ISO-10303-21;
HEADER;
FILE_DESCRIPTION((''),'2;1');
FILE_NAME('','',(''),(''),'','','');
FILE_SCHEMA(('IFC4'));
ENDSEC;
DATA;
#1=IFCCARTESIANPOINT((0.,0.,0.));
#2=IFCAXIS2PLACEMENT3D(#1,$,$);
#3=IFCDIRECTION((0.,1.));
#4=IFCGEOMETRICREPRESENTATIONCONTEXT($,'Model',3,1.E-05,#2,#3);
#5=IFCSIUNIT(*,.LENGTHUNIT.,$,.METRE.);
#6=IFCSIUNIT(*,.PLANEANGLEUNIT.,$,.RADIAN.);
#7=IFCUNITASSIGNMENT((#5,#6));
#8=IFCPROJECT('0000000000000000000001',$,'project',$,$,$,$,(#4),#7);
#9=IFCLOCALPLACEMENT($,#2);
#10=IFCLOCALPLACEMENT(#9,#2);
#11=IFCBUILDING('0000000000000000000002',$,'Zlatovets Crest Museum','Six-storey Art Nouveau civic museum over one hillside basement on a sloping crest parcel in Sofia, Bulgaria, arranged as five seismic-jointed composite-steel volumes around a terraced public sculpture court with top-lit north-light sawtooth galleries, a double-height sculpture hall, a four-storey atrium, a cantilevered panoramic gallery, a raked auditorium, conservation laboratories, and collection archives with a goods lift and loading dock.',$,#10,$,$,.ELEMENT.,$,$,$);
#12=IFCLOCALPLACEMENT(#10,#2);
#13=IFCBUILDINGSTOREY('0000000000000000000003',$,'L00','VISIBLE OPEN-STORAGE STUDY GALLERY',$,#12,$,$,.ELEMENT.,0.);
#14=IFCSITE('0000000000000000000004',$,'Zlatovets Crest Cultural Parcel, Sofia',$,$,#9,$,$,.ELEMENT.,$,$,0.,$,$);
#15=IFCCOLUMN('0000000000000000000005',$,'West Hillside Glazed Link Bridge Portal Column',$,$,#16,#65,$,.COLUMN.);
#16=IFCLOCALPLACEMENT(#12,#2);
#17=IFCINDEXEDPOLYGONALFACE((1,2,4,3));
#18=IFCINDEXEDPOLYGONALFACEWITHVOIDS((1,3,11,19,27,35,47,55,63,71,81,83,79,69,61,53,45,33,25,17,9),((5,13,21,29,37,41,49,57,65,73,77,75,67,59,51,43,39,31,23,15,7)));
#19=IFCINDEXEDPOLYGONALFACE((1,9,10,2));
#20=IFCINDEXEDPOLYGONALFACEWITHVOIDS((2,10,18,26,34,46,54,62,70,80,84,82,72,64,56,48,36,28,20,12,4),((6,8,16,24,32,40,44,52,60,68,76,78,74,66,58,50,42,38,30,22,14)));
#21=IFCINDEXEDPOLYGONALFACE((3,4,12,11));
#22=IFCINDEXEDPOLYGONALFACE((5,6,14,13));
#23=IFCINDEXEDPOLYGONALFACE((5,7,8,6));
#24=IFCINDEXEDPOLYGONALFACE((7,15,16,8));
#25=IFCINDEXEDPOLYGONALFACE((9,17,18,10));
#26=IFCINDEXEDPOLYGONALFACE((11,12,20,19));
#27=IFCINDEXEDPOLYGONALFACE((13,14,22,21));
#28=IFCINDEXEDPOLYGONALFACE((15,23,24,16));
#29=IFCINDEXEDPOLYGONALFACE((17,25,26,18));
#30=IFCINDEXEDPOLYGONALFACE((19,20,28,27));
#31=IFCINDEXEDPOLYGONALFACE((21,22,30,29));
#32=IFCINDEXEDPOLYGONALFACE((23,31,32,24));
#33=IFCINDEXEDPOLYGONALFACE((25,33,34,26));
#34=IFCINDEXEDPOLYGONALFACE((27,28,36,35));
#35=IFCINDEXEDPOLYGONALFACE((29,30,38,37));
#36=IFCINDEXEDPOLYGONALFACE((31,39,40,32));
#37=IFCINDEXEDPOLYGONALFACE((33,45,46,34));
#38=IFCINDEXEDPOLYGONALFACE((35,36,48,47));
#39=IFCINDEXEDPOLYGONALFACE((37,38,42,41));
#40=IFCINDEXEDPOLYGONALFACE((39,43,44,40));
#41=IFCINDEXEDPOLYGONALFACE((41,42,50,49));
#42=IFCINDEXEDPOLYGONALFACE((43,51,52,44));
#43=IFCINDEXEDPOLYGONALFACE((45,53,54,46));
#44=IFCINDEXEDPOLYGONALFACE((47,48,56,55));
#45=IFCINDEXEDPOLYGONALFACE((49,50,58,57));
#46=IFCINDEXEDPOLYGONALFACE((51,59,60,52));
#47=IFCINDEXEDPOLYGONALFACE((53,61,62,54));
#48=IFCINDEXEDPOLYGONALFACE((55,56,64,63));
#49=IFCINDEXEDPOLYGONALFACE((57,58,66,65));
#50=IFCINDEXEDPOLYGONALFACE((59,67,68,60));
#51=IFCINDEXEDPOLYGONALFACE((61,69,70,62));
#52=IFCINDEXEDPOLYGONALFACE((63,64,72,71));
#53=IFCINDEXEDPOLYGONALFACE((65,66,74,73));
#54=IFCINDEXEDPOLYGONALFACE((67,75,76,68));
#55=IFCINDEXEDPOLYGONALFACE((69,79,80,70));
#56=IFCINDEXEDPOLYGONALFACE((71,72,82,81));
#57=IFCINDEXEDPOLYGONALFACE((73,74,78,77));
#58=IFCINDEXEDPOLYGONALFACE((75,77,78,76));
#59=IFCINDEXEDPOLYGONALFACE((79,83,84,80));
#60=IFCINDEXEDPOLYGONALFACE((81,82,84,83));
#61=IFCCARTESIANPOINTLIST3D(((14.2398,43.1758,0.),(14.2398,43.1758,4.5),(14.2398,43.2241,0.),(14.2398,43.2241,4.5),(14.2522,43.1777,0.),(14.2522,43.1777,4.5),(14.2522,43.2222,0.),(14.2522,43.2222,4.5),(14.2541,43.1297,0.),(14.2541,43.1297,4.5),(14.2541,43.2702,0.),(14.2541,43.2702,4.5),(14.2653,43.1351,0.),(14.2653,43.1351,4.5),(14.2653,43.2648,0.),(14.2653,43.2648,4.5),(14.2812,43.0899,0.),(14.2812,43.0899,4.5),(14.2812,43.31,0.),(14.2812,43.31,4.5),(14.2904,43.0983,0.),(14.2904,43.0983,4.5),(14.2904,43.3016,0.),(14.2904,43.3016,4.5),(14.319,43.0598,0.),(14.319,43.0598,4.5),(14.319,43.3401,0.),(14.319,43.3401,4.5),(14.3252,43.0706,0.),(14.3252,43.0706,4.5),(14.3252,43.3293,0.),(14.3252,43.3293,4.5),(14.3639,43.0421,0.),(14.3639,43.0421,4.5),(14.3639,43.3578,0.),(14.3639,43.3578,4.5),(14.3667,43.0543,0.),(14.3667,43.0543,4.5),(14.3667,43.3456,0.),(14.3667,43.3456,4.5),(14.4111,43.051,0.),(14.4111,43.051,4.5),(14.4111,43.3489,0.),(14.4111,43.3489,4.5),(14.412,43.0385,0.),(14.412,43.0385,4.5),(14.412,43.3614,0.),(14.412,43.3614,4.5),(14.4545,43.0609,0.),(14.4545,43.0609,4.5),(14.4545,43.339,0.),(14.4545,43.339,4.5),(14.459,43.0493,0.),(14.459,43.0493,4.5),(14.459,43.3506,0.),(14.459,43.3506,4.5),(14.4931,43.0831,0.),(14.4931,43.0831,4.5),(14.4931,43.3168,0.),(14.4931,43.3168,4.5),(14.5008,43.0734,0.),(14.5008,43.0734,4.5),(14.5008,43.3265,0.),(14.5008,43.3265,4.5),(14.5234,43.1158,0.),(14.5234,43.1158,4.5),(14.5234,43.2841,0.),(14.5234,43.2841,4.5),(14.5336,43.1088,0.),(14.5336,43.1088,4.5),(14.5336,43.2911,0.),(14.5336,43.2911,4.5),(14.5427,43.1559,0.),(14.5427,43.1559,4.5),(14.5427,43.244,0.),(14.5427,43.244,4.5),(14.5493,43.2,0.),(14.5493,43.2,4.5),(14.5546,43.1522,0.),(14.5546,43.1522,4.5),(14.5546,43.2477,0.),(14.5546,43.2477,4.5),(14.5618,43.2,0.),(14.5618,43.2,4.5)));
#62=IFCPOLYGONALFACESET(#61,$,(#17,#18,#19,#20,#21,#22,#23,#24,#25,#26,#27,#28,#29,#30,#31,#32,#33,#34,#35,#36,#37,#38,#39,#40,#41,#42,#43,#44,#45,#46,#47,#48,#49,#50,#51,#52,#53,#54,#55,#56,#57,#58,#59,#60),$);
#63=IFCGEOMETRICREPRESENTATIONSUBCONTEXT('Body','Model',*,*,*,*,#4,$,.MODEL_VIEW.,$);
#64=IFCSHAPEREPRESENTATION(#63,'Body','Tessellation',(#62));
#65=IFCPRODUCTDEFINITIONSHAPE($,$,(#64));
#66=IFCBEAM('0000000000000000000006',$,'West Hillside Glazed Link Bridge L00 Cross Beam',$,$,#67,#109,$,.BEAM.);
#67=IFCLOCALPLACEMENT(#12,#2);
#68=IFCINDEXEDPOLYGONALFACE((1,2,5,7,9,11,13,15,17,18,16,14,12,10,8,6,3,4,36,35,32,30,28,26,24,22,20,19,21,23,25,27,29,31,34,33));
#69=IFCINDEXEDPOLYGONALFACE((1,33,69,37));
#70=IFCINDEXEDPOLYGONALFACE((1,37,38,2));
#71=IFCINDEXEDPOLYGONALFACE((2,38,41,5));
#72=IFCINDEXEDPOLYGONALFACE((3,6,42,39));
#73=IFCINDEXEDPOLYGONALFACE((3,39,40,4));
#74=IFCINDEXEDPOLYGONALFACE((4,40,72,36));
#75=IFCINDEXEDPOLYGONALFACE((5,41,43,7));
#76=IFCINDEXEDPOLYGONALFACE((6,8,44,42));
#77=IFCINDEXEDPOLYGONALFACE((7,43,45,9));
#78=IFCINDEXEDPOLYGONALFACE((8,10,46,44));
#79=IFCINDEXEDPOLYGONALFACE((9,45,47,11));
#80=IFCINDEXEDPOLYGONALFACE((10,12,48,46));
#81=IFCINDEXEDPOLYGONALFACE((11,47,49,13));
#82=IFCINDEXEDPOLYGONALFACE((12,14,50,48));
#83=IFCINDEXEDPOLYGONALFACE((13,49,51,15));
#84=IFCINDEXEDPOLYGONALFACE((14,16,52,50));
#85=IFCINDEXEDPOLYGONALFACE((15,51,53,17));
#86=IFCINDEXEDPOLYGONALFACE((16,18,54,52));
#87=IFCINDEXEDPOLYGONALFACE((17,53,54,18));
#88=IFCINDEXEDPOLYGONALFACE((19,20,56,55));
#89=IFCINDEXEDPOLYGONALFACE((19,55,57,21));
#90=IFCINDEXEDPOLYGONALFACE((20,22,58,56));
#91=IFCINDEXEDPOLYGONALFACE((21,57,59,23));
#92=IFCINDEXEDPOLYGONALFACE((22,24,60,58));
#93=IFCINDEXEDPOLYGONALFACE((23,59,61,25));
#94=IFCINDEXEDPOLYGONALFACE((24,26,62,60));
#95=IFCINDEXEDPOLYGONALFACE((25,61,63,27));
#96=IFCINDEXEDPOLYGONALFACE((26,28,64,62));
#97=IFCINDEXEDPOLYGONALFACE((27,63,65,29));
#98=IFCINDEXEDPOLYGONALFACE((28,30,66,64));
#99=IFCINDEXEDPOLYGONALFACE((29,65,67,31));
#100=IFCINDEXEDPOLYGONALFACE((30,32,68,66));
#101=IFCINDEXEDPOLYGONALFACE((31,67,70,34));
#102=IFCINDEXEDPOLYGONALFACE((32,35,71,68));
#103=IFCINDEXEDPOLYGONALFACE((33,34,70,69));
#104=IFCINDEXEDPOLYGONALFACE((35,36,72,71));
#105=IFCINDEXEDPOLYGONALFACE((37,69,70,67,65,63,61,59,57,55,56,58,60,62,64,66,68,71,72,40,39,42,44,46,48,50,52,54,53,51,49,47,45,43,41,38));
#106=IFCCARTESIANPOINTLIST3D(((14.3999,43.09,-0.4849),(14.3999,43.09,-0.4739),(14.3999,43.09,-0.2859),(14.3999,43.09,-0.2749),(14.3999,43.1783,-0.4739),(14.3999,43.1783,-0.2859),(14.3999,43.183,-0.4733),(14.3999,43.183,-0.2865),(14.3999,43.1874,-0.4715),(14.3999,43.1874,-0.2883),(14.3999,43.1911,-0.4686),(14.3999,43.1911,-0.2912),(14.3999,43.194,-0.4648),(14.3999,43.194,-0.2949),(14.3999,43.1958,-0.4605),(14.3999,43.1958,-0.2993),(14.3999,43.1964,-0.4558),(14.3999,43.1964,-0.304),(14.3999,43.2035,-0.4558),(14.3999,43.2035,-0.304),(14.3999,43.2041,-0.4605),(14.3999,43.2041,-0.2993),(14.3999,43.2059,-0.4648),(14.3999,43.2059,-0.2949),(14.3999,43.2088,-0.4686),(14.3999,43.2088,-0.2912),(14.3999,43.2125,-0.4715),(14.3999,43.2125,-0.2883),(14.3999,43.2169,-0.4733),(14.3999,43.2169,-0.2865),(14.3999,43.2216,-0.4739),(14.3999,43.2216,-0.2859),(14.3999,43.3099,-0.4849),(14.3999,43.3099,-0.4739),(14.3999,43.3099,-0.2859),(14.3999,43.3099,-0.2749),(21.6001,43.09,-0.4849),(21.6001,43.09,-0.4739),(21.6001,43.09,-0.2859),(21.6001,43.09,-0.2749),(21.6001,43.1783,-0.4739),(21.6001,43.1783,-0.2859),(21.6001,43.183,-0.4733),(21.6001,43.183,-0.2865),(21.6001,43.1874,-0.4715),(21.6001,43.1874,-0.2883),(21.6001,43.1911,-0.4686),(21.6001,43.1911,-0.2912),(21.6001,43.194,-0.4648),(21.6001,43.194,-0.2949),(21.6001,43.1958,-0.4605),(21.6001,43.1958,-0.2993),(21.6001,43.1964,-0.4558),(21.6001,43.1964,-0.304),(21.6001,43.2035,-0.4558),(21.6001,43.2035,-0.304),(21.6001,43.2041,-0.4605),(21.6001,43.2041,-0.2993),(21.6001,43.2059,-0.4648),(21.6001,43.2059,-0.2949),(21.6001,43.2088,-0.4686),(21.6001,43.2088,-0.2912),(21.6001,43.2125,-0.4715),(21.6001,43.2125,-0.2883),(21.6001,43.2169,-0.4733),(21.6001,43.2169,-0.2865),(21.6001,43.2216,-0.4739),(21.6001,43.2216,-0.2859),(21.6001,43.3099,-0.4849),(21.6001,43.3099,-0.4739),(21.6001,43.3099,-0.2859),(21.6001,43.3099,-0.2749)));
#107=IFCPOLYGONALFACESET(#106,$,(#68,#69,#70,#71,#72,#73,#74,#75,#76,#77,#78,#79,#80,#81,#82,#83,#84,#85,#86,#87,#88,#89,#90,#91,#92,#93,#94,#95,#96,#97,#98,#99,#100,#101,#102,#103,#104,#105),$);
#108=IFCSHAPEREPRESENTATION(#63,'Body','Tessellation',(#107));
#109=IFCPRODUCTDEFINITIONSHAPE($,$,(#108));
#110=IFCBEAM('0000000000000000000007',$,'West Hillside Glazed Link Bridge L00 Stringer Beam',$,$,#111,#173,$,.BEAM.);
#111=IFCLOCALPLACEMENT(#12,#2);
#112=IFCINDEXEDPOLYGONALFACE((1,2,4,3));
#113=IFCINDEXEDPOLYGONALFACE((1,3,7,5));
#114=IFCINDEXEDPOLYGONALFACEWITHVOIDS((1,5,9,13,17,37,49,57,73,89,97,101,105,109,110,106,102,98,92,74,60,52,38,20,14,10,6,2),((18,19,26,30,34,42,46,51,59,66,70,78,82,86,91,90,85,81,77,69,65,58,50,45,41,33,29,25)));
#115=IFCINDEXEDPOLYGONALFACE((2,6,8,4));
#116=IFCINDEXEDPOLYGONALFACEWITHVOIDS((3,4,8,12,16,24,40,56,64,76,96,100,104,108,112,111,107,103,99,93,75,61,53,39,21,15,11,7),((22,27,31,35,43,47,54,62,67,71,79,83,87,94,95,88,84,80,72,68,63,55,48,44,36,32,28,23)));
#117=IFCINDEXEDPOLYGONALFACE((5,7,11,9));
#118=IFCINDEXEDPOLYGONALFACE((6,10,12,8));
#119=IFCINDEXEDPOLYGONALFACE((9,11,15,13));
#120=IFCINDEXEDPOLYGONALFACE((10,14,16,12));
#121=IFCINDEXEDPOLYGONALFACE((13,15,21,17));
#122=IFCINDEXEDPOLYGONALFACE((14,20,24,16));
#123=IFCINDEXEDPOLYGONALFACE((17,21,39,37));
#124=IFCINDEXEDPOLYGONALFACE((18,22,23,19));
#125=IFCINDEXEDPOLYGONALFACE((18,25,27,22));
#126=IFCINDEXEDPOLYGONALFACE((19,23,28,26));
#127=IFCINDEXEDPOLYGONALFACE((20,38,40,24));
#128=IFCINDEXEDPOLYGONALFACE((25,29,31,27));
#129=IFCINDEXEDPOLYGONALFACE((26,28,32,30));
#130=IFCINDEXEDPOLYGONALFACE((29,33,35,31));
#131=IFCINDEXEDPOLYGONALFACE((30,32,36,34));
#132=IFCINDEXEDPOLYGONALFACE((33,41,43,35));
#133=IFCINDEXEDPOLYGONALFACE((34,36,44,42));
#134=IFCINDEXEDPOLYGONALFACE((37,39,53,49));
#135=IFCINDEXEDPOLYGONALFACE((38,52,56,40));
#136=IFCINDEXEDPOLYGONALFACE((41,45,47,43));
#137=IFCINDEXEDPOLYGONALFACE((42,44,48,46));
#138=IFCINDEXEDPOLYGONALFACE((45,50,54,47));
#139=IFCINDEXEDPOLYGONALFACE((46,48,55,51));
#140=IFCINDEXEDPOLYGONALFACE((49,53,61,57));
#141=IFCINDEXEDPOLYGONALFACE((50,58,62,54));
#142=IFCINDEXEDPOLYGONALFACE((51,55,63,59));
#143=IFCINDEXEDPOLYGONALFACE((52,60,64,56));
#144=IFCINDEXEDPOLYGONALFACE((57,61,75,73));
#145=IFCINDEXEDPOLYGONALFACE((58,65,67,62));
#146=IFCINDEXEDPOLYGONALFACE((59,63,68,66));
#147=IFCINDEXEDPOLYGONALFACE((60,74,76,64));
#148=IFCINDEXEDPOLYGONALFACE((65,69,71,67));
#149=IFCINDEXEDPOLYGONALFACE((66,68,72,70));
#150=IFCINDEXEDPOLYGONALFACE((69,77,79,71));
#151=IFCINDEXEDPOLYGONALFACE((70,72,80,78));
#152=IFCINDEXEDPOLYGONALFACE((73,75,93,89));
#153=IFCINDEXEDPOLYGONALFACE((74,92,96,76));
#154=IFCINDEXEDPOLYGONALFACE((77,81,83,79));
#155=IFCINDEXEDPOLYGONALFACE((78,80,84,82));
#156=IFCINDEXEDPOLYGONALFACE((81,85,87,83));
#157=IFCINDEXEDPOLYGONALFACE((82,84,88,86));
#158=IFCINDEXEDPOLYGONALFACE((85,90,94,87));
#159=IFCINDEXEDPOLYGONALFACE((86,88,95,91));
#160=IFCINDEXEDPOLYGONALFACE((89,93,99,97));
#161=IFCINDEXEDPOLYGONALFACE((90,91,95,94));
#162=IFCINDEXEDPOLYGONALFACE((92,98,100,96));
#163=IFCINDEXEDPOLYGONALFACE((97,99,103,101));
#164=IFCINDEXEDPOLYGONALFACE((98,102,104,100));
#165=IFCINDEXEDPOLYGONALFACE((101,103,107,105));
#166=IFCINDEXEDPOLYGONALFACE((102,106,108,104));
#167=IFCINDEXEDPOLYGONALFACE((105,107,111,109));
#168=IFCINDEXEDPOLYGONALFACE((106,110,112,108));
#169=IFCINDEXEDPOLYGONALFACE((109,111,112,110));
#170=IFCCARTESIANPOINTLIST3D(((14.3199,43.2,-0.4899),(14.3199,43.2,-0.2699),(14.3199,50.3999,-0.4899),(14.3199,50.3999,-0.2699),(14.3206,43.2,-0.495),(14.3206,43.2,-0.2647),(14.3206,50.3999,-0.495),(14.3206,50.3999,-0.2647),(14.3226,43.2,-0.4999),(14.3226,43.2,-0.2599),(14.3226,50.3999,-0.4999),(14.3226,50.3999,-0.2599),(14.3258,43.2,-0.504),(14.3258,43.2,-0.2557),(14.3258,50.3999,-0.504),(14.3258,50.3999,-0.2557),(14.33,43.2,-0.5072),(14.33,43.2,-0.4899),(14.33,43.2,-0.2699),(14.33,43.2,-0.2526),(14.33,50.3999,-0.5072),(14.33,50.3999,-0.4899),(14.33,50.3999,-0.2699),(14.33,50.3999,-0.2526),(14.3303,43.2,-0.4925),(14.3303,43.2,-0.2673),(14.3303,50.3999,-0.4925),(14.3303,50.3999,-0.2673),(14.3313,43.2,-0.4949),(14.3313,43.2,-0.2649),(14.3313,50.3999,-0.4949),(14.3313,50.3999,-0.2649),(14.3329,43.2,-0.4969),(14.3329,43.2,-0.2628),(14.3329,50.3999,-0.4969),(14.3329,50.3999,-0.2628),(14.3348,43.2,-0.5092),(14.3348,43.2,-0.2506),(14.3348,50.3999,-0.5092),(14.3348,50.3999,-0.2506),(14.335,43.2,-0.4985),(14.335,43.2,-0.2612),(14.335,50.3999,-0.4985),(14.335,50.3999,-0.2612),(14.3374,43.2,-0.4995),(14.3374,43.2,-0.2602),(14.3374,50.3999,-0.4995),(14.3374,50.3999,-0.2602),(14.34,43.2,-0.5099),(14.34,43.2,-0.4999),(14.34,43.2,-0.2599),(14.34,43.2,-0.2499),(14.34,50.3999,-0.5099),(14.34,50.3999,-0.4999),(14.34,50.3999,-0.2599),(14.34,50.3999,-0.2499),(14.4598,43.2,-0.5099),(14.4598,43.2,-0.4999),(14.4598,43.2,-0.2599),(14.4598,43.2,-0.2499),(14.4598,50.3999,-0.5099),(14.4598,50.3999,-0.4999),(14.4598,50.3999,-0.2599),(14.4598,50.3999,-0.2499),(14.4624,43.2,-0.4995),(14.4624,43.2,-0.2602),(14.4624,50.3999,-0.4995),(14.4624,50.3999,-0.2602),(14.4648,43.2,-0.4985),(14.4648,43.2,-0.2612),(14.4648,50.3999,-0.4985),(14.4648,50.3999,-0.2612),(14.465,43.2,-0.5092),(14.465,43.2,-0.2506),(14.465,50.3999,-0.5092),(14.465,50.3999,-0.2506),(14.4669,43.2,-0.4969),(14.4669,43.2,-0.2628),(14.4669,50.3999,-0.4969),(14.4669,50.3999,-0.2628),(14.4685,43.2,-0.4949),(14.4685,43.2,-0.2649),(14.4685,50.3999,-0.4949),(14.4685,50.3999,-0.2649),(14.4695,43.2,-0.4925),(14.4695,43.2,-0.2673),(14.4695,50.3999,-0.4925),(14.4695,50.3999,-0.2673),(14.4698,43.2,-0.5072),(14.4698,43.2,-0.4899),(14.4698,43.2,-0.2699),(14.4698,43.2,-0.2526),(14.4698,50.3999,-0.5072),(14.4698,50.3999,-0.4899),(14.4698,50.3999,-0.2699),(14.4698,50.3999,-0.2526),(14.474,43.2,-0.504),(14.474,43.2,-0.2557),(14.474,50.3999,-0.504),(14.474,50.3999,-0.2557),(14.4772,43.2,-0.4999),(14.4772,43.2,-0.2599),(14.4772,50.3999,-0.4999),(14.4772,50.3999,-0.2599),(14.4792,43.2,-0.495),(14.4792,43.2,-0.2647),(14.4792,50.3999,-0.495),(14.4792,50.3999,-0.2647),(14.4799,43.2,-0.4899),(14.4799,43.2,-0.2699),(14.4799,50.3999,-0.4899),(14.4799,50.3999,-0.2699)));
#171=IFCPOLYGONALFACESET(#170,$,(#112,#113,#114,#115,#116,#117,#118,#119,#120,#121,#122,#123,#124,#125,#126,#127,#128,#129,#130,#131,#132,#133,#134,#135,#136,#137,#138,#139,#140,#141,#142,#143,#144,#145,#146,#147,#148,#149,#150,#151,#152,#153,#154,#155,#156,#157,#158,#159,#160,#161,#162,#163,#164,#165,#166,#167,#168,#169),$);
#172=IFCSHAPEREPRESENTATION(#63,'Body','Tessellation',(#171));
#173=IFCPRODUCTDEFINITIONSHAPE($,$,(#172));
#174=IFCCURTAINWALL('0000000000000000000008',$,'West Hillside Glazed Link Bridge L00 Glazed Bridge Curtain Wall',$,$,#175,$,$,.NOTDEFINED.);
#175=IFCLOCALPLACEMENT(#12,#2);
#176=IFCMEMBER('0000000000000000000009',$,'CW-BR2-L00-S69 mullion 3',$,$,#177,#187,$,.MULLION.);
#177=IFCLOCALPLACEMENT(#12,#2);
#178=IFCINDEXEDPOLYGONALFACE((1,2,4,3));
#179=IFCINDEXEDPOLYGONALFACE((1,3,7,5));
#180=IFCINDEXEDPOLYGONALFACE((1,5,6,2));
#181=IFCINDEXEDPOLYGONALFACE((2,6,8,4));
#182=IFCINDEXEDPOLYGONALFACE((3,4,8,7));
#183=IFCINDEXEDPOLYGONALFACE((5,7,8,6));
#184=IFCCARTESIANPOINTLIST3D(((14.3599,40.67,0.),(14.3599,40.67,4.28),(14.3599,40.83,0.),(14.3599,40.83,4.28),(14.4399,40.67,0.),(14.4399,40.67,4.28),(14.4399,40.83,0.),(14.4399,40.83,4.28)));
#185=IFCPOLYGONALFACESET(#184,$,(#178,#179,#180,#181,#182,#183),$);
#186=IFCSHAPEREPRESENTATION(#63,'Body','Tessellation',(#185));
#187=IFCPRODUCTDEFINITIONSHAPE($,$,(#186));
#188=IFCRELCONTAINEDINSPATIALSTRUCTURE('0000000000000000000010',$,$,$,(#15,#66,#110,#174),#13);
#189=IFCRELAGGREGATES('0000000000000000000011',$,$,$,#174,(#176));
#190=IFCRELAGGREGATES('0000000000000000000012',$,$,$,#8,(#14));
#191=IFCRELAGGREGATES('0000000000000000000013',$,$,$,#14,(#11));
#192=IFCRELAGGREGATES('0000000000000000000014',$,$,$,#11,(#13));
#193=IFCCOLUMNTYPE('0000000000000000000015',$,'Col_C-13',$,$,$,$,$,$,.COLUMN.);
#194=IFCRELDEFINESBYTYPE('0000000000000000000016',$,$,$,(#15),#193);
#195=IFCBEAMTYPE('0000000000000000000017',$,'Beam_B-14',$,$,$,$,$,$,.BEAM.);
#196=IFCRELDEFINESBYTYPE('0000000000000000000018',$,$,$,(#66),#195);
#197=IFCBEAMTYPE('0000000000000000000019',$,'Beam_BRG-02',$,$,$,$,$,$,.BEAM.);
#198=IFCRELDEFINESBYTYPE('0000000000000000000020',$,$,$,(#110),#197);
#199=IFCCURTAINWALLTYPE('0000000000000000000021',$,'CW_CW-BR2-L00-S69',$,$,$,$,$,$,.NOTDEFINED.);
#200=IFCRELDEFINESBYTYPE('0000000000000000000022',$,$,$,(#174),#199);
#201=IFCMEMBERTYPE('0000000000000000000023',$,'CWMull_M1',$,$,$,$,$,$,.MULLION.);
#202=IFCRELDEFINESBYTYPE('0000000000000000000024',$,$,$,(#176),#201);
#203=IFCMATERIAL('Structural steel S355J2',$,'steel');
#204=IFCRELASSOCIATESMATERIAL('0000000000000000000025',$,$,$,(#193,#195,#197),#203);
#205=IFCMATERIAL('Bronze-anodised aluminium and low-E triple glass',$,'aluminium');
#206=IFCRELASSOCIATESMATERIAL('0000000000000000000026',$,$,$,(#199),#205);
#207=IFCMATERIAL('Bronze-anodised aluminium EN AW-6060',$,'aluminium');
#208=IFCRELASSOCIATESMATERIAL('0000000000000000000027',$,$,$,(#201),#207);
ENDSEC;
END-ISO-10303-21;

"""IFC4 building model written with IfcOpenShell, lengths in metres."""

from ifc_helpers import new_model, si_unit, direction, frame, origin, origin_2d, place, context, subcontext, project, spatial, rectangle, hollow_rectangle, hollow_circle, i_section, extrude, material, material_profile, profile_set, type_object, element, aggregate, save


model = new_model("IFC4")

# Units and contexts
model_context = context("Model", 3, precision=1e-05, world=origin(), true_north=direction((0.0, 1.0)))
body_context = subcontext(model_context, "Body", "Model", "MODEL_VIEW")
ifc_project = project(units=[si_unit("LENGTHUNIT", "METRE"), si_unit("PLANEANGLEUNIT", "RADIAN")], contexts=[model_context])

# Site, building, storey
site_placement = place(None, origin())
site = spatial("IfcSite", under=ifc_project, at=site_placement, Name="Zlatovets Crest Cultural Parcel, Sofia", CompositionType="ELEMENT", RefElevation=0.0)
building_placement = place(site_placement, origin())
building = spatial("IfcBuilding", under=site, at=building_placement, Name="Zlatovets Crest Museum", Description="Six-storey Art Nouveau civic museum over one hillside basement on a sloping crest parcel in Sofia, Bulgaria, arranged as five seismic-jointed composite-steel volumes around a terraced public sculpture court with top-lit north-light sawtooth galleries, a double-height sculpture hall, a four-storey atrium, a cantilevered panoramic gallery, a raked auditorium, conservation laboratories, and collection archives with a goods lift and loading dock.", CompositionType="ELEMENT")
storey_placement = place(building_placement, origin())
storey = spatial("IfcBuildingStorey", under=building, at=storey_placement, Name="L00", Description="VISIBLE OPEN-STORAGE STUDY GALLERY", CompositionType="ELEMENT", Elevation=0.0)

# Column
ifc_material_1 = material(Name="Structural steel S355J2", Category="steel")
ifc_material_profile_1 = material_profile(ifc_material_1, hollow_circle(Radius=0.1619, WallThickness=0.0125, at=origin_2d()), Name="CHS 323.9x12.5")
ifc_profile_set_1 = profile_set([ifc_material_profile_1], Name="Structural steel S355J2")
column_type = type_object("IfcColumnType", Name="Col_C-13", PredefinedType="COLUMN", material=ifc_profile_set_1)
column_placement = place(storey_placement, frame((14.3999, 43.2, 0.0), z_axis=(0.0, 0.0, 1.0), x_axis=(1.0, 0.0, 0.0)))
element("IfcColumn", 1, at=column_placement, inside=storey, type_object=column_type, Name="West Hillside Glazed Link Bridge Portal Column", PredefinedType="COLUMN", context=body_context, shape_type="SweptSolid", body=[
    extrude(hollow_circle(Radius=0.1619, WallThickness=0.0125, at=origin_2d()), origin(), (0.0, 0.0, 1.0), 4.5),
])

# Beams
ifc_material_profile_2 = material_profile(ifc_material_1, i_section(OverallWidth=0.22, OverallDepth=0.21, WebThickness=0.0071, FlangeThickness=0.011, FilletRadius=0.0181, at=origin_2d()), Name="HEA 220")
ifc_profile_set_2 = profile_set([ifc_material_profile_2], Name="Structural steel S355J2")
beam_type_1 = type_object("IfcBeamType", Name="Beam_B-14", PredefinedType="BEAM", material=ifc_profile_set_2)
beam_1_placement = place(storey_placement, frame((14.3999, 43.2, -0.3799), z_axis=(1.0, 0.0, 0.0), x_axis=(0.0, 1.0, 0.0)))
element("IfcBeam", 2, at=beam_1_placement, inside=storey, type_object=beam_type_1, Name="West Hillside Glazed Link Bridge L00 Cross Beam", PredefinedType="BEAM", context=body_context, shape_type="SweptSolid", body=[
    extrude(i_section(OverallWidth=0.22, OverallDepth=0.21, WebThickness=0.0071, FlangeThickness=0.011, FilletRadius=0.0181, at=origin_2d()), origin(), (0.0, 0.0, 1.0), 7.2002),
])
ifc_material_profile_3 = material_profile(ifc_material_1, hollow_rectangle(XDim=0.1599, YDim=0.26, WallThickness=0.01, InnerFilletRadius=0.01, OuterFilletRadius=0.02, at=origin_2d()), Name="RHS 160x260x10.0")
ifc_profile_set_3 = profile_set([ifc_material_profile_3], Name="Structural steel S355J2")
beam_type_2 = type_object("IfcBeamType", Name="Beam_BRG-02", PredefinedType="BEAM", material=ifc_profile_set_3)
beam_2_placement = place(storey_placement, frame((14.3999, 43.2, -0.3799), z_axis=(0.0, 1.0, 0.0), x_axis=(-1.0, 0.0, 0.0)))
element("IfcBeam", 3, at=beam_2_placement, inside=storey, type_object=beam_type_2, Name="West Hillside Glazed Link Bridge L00 Stringer Beam", PredefinedType="BEAM", context=body_context, shape_type="SweptSolid", body=[
    extrude(hollow_rectangle(XDim=0.1599, YDim=0.26, WallThickness=0.01, InnerFilletRadius=0.01, OuterFilletRadius=0.02, at=origin_2d()), origin(), (0.0, 0.0, 1.0), 7.2),
])

# Curtain wall, member
ifc_material_2 = material(Name="Bronze-anodised aluminium and low-E triple glass", Category="aluminium")
curtain_wall_type = type_object("IfcCurtainWallType", Name="CW_CW-BR2-L00-S69", PredefinedType="NOTDEFINED", material=ifc_material_2)
curtain_wall_1_placement = place(storey_placement, origin())
curtain_wall_1 = element("IfcCurtainWall", 4, at=curtain_wall_1_placement, inside=storey, type_object=curtain_wall_type, Name="West Hillside Glazed Link Bridge L00 Glazed Bridge Curtain Wall", PredefinedType="NOTDEFINED")
ifc_material_3 = material(Name="Bronze-anodised aluminium EN AW-6060", Category="aluminium")
ifc_material_profile_4 = material_profile(ifc_material_3, rectangle(XDim=0.0801, YDim=0.1599, at=origin_2d()), Name="ALU 80x160")
ifc_profile_set_4 = profile_set([ifc_material_profile_4], Name="Bronze-anodised aluminium EN AW-6060")
member_type_1 = type_object("IfcMemberType", Name="CWMull_M1", PredefinedType="MULLION", material=ifc_profile_set_4)
member_1_placement = place(storey_placement, frame((14.3999, 40.75, 0.0), z_axis=(0.0, 0.0, 1.0), x_axis=(-1.0, 0.0, 0.0)))
member_1 = element("IfcMember", 5, at=member_1_placement, type_object=member_type_1, Name="CW-BR2-L00-S69 mullion 3", PredefinedType="MULLION", context=body_context, shape_type="SweptSolid", body=[
    extrude(rectangle(XDim=0.0801, YDim=0.1599, at=origin_2d()), origin(), (0.0, 0.0, 1.0), 4.28),
])

aggregate(curtain_wall_1, [member_1])

save(model, "model.ifc")
